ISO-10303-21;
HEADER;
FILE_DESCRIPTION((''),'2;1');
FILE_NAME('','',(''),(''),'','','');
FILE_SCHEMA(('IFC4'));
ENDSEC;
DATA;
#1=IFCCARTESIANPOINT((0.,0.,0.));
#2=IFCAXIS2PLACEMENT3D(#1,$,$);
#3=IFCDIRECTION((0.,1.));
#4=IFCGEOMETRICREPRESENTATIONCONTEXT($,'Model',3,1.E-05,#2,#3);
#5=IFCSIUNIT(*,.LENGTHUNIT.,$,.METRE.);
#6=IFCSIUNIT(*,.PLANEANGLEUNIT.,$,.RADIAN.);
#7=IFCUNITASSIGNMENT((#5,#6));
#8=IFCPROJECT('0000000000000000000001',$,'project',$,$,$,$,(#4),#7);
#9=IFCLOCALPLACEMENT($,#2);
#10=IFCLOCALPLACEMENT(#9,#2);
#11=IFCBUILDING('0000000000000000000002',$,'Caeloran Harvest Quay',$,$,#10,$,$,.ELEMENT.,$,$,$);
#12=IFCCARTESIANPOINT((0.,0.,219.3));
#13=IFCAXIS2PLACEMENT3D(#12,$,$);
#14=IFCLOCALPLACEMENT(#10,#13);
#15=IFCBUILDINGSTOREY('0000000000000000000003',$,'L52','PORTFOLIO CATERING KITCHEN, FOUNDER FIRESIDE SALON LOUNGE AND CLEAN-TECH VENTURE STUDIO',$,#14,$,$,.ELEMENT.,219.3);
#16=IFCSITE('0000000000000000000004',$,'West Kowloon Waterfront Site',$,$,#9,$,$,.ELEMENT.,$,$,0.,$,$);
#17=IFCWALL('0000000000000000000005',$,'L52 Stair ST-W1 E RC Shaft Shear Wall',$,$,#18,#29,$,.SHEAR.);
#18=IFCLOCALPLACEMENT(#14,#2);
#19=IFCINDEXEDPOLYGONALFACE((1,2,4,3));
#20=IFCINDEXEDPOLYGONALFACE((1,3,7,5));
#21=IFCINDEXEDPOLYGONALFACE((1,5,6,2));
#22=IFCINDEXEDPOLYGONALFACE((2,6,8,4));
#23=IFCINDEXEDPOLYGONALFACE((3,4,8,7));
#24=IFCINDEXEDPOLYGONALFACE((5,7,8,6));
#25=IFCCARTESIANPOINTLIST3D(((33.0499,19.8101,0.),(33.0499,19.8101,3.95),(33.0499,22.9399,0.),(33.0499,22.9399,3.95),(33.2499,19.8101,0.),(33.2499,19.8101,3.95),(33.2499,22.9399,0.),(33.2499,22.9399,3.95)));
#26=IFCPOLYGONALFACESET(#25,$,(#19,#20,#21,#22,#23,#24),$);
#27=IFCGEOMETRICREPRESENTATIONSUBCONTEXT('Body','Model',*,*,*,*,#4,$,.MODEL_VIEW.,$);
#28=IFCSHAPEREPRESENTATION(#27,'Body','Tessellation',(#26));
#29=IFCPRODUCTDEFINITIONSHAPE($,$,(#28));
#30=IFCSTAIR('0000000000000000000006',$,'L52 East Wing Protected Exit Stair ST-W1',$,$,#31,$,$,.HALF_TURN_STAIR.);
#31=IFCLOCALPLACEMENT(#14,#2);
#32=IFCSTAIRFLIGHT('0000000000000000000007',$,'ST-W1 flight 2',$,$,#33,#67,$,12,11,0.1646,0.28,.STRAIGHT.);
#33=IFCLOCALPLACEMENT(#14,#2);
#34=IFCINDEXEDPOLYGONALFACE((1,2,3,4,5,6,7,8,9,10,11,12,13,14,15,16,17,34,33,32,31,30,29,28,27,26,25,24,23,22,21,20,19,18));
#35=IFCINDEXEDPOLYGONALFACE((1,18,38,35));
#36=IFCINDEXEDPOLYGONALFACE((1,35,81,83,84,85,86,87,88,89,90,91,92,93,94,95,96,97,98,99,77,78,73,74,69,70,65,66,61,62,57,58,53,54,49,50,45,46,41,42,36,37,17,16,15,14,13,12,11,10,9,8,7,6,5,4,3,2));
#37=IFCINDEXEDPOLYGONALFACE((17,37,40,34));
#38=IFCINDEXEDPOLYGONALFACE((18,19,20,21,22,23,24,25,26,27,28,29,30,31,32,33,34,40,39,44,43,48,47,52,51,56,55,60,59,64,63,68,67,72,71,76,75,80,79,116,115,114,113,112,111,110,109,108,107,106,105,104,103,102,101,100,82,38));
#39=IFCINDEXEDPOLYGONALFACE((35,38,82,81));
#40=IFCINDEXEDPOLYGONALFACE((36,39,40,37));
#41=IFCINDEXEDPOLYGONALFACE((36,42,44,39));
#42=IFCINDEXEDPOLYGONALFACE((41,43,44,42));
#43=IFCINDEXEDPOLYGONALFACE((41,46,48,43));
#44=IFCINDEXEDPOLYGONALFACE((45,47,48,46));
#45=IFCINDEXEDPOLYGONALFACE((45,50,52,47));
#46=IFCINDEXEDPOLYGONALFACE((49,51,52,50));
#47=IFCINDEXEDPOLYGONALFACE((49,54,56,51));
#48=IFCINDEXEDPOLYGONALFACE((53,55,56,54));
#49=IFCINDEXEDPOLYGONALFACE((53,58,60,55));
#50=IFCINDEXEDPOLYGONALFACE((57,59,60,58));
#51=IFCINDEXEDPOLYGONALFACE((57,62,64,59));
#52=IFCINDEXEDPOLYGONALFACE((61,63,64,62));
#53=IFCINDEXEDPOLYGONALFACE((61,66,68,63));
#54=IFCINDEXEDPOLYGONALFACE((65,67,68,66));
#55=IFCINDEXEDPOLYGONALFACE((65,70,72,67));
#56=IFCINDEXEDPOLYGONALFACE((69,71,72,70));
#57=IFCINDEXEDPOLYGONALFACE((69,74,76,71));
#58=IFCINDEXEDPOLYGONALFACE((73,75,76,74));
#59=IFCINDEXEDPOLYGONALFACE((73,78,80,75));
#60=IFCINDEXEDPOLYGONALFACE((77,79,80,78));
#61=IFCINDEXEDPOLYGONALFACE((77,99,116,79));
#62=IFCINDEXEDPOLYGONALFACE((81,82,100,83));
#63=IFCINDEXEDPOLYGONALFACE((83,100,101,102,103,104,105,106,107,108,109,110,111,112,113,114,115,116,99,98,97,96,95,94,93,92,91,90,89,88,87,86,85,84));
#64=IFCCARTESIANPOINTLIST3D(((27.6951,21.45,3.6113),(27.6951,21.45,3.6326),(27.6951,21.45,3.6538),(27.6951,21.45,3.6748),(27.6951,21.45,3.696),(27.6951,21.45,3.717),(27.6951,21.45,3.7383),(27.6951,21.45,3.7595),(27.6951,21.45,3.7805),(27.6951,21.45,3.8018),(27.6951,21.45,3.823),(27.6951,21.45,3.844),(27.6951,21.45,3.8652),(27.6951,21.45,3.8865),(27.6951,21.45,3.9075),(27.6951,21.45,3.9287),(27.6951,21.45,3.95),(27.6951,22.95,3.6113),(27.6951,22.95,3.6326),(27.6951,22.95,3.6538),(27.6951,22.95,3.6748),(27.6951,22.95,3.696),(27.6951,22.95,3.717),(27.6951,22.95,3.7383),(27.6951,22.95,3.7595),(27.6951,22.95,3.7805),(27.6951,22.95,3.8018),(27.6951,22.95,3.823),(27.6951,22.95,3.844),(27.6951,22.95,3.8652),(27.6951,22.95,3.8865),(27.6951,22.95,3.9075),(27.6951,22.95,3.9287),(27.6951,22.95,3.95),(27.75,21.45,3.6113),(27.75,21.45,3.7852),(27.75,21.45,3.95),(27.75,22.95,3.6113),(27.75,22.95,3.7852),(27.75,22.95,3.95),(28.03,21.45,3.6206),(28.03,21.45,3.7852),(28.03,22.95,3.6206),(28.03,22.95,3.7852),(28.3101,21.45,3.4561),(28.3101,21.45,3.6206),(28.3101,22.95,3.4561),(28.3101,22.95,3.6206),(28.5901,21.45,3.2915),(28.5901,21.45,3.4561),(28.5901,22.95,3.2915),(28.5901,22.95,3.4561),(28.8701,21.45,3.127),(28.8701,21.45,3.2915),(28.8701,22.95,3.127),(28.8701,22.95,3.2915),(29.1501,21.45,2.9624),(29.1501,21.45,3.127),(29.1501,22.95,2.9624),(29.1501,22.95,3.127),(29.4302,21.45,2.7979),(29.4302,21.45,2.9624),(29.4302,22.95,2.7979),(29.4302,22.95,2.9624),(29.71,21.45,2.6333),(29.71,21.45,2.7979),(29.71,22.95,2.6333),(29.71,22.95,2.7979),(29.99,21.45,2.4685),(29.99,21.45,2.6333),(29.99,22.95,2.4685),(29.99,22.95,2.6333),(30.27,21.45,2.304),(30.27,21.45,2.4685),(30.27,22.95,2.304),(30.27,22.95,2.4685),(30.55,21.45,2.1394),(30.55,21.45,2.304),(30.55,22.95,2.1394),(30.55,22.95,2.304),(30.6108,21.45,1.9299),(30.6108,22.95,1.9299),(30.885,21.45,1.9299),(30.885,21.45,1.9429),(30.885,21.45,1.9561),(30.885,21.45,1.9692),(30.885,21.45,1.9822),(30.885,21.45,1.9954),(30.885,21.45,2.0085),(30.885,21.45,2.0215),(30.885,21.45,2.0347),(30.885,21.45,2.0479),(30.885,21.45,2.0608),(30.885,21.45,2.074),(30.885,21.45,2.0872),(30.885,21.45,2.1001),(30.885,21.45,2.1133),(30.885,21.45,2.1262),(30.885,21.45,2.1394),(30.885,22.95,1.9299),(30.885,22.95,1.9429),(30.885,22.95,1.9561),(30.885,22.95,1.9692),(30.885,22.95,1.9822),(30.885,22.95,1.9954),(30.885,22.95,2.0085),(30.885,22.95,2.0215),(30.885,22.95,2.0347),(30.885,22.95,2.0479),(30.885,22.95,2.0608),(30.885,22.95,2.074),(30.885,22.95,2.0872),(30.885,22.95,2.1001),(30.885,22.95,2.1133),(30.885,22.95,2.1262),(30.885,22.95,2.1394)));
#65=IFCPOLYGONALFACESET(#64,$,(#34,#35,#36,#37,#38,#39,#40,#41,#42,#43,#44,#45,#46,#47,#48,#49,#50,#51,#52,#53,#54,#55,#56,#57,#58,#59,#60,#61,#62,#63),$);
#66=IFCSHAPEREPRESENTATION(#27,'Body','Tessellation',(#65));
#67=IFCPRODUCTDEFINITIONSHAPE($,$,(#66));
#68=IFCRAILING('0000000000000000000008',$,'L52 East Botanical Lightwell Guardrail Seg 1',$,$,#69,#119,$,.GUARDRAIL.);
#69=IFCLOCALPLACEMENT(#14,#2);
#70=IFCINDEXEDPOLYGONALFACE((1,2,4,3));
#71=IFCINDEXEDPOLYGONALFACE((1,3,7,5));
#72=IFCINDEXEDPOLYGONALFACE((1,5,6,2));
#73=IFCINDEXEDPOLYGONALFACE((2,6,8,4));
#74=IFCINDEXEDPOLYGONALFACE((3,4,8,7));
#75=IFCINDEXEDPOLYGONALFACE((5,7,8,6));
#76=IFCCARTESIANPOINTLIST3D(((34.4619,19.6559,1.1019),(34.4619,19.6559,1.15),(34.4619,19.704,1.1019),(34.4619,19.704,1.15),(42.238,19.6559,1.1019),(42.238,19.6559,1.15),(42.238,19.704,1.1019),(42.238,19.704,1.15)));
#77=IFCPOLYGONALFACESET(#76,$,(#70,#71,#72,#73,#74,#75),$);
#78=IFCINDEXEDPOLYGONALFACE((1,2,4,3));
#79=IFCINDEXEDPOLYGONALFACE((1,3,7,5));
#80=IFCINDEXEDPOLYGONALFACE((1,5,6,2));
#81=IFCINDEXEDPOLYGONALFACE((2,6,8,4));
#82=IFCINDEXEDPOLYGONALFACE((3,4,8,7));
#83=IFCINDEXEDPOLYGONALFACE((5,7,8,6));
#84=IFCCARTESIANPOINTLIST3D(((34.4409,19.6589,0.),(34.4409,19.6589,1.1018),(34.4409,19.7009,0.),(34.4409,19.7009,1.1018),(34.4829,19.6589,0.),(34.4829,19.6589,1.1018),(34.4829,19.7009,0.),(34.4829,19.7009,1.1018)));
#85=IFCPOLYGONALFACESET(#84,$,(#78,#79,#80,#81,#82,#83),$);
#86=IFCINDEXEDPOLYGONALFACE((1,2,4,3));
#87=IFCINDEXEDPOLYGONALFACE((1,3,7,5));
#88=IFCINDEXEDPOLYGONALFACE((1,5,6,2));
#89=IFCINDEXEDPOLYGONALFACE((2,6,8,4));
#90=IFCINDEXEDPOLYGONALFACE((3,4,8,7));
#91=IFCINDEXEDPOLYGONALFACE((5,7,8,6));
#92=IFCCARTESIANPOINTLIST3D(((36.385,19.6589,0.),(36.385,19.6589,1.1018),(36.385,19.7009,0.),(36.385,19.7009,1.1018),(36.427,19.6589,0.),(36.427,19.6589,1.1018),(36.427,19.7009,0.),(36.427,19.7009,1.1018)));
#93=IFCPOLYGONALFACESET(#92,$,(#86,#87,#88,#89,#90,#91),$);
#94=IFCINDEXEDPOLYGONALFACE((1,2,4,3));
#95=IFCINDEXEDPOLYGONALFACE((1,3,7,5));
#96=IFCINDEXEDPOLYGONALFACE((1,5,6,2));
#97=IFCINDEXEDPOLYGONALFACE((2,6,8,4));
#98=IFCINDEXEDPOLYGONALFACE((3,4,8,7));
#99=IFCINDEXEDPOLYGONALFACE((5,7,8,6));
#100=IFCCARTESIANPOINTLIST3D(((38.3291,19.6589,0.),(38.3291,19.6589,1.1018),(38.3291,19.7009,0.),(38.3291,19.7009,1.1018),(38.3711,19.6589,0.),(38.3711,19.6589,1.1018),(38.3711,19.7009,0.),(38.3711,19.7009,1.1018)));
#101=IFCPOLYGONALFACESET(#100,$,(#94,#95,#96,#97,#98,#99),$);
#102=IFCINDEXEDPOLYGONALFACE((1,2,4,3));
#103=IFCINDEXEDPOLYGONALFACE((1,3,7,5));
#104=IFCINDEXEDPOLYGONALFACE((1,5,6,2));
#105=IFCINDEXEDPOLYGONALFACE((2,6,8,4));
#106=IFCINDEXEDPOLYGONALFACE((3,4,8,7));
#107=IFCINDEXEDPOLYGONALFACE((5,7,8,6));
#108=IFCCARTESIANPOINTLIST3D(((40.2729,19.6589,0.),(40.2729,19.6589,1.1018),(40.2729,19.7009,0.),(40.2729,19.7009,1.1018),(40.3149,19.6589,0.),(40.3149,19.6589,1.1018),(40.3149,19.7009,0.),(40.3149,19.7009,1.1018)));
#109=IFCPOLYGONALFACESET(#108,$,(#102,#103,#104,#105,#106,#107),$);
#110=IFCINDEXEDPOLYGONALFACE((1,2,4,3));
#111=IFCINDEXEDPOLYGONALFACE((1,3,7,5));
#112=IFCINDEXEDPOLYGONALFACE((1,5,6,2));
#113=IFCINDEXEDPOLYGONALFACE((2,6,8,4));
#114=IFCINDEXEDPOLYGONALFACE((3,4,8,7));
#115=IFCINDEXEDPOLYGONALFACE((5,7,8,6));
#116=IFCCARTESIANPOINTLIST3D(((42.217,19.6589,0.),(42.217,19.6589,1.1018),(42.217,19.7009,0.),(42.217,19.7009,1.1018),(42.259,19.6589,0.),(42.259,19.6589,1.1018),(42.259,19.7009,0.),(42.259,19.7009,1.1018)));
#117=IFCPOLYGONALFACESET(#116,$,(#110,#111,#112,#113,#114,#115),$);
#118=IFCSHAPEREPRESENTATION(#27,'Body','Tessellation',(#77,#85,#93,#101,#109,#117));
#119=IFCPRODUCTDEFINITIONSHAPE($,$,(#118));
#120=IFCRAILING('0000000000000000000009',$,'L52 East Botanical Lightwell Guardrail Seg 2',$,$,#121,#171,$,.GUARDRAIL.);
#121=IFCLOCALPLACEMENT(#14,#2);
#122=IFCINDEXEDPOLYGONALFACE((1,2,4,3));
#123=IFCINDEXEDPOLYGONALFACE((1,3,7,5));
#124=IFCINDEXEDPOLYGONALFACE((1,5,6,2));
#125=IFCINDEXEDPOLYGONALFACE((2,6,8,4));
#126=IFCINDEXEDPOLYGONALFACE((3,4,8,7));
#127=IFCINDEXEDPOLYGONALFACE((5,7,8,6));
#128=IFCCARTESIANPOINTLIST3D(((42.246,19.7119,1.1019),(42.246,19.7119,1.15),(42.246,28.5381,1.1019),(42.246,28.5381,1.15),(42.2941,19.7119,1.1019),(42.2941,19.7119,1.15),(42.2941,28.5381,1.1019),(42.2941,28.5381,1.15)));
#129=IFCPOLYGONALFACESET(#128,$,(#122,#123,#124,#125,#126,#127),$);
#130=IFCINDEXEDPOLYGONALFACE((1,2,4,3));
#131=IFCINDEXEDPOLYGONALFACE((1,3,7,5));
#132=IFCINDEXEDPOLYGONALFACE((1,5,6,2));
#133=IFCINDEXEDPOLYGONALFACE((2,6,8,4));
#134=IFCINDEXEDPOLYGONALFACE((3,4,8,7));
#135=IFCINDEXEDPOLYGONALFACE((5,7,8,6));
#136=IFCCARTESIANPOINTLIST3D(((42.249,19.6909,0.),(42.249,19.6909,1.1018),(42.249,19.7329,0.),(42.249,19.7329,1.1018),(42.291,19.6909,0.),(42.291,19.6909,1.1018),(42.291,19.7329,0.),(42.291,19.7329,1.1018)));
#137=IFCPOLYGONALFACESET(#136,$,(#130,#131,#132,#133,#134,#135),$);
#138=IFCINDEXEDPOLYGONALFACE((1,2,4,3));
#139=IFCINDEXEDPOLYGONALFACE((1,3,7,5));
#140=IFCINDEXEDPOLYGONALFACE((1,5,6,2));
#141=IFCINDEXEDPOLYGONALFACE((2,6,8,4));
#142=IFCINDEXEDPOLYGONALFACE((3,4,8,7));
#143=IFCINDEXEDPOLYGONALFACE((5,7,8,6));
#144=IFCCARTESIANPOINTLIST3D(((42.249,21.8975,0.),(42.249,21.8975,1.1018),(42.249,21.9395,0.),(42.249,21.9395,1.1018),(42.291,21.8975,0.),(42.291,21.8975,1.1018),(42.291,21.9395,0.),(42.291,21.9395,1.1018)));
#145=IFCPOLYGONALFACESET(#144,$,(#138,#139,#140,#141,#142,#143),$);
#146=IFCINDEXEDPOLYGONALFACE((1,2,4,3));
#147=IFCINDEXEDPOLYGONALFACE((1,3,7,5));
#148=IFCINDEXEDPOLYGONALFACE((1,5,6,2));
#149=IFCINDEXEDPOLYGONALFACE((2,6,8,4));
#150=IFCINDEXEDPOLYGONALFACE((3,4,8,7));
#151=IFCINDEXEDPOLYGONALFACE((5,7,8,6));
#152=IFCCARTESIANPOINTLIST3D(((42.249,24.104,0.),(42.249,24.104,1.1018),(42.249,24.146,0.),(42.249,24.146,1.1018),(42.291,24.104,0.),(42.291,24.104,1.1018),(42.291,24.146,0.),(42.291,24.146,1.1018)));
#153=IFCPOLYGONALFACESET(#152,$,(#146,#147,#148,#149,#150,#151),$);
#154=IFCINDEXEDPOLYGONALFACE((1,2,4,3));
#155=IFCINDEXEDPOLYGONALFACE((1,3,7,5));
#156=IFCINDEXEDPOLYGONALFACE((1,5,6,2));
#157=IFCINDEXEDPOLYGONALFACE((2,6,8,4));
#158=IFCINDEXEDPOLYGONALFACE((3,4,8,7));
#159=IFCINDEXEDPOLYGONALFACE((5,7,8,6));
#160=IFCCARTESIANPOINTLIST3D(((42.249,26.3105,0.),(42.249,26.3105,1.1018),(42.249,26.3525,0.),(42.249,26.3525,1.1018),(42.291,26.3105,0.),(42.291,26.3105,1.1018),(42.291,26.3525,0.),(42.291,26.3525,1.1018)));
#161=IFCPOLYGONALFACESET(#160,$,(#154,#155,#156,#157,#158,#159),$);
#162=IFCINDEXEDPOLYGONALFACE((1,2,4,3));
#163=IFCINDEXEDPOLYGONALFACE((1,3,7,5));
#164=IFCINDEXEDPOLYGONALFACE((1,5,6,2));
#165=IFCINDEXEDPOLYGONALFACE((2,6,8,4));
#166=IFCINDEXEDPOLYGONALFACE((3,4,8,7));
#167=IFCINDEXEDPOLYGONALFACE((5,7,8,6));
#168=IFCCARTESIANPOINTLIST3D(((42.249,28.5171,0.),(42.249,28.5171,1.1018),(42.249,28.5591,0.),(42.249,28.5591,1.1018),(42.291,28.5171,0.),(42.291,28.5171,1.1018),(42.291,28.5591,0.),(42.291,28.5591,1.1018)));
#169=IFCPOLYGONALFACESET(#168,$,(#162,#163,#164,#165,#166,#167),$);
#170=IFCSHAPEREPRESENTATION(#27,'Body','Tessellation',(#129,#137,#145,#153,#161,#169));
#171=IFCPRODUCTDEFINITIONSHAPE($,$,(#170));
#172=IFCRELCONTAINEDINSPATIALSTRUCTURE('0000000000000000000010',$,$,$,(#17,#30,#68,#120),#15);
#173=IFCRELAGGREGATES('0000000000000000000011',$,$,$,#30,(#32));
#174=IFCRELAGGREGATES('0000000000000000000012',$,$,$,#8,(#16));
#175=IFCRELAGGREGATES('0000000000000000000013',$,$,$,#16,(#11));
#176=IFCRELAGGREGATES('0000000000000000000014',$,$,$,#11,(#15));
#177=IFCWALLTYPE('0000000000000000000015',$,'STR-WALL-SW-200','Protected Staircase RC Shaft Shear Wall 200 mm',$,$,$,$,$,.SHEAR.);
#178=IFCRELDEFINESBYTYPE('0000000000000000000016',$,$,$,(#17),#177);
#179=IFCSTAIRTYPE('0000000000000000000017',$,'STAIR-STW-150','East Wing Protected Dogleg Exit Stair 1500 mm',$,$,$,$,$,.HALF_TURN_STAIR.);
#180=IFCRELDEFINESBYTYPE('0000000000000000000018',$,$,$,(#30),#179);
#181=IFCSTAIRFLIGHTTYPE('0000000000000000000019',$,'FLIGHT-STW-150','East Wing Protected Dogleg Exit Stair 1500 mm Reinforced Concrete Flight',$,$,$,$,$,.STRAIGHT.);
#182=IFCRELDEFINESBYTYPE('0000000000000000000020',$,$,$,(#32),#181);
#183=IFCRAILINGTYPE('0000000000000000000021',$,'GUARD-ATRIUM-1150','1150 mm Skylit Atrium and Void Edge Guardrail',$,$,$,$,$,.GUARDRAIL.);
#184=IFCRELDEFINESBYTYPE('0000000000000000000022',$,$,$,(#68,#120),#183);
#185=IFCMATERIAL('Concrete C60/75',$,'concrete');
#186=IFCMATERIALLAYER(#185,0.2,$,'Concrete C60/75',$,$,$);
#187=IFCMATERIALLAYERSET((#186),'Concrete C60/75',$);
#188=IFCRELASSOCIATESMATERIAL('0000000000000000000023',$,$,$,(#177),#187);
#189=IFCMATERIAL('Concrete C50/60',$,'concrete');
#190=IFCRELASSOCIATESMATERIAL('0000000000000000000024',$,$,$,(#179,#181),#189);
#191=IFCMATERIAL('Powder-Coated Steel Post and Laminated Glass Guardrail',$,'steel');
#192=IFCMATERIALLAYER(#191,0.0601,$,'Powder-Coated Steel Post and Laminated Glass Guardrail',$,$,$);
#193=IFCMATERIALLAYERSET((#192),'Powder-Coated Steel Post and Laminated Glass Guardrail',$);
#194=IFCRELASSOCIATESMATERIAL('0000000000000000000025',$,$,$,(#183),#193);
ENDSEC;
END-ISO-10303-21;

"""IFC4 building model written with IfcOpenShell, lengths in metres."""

from ifc_helpers import new_model, si_unit, direction, frame, frame_2d, origin, origin_2d, place, context, subcontext, project, spatial, polyline, rectangle, outline, extrude, material, layer, layer_set, type_object, element, aggregate, save


model = new_model("IFC4")

# Units and contexts
model_context = context("Model", 3, precision=1e-05, world=origin(), true_north=direction((0.0, 1.0)))
body_context = subcontext(model_context, "Body", "Model", "MODEL_VIEW")
ifc_project = project(units=[si_unit("LENGTHUNIT", "METRE"), si_unit("PLANEANGLEUNIT", "RADIAN")], contexts=[model_context])

# Site, building, storey
site_placement = place(None, origin())
site = spatial("IfcSite", under=ifc_project, at=site_placement, Name="West Kowloon Waterfront Site", CompositionType="ELEMENT", RefElevation=0.0)
building_placement = place(site_placement, origin())
building = spatial("IfcBuilding", under=site, at=building_placement, Name="Caeloran Harvest Quay", CompositionType="ELEMENT")
storey_placement = place(building_placement, frame((0.0, 0.0, 219.3)))
storey = spatial("IfcBuildingStorey", under=building, at=storey_placement, Name="L52", Description="PORTFOLIO CATERING KITCHEN, FOUNDER FIRESIDE SALON LOUNGE AND CLEAN-TECH VENTURE STUDIO", CompositionType="ELEMENT", Elevation=219.3)

# Wall
ifc_material_1 = material(Name="Concrete C60/75", Category="concrete")
ifc_layer_1 = layer(ifc_material_1, 0.2, Name="Concrete C60/75")
ifc_layer_set_1 = layer_set([ifc_layer_1], Name="Concrete C60/75")
wall_type_1 = type_object("IfcWallType", Name="STR-WALL-SW-200", Description="Protected Staircase RC Shaft Shear Wall 200 mm", PredefinedType="SHEAR", material=ifc_layer_set_1)
wall_1_placement = place(storey_placement, frame((33.1499, 19.8101, 0.0), z_axis=(0.0, 0.0, 1.0), x_axis=(0.0, 1.0, 0.0)))
element("IfcWall", 1, at=wall_1_placement, inside=storey, type_object=wall_type_1, Name="L52 Stair ST-W1 E RC Shaft Shear Wall", PredefinedType="SHEAR", context=body_context, shape_type="SweptSolid", body=[
    extrude(rectangle(XDim=3.1299, YDim=0.2, at=frame_2d((1.5649, 0.0))), origin(), (0.0, 0.0, 1.0), 3.95),
])

# Stair, stair flight
ifc_material_2 = material(Name="Concrete C50/60", Category="concrete")
stair_type = type_object("IfcStairType", Name="STAIR-STW-150", Description="East Wing Protected Dogleg Exit Stair 1500 mm", PredefinedType="HALF_TURN_STAIR", material=ifc_material_2)
stair_placement = place(storey_placement, origin())
stair = element("IfcStair", 2, at=stair_placement, inside=storey, type_object=stair_type, Name="L52 East Wing Protected Exit Stair ST-W1", PredefinedType="HALF_TURN_STAIR")
stair_flight_type = type_object("IfcStairFlightType", Name="FLIGHT-STW-150", Description="East Wing Protected Dogleg Exit Stair 1500 mm Reinforced Concrete Flight", PredefinedType="STRAIGHT", material=ifc_material_2)
stair_flight_placement = place(storey_placement, frame((30.8301, 22.2, 1.9749), z_axis=(0.0, 0.0, 1.0), x_axis=(-1.0, 0.0, 0.0)))
stair_flight = element("IfcStairFlight", 3, at=stair_flight_placement, type_object=stair_flight_type, Name="ST-W1 flight 2", NumberOfRisers=12, NumberOfTreads=11, PredefinedType="STRAIGHT", RiserHeight=0.1646, TreadLength=0.28, context=body_context, shape_type="SweptSolid", body=[
    extrude(outline(polyline([(-0.0549, -0.0449), (-0.0549, -0.032), (-0.0549, -0.0188), (-0.0549, -0.0056), (-0.0549, 0.0073), (-0.0549, 0.0205), (-0.0549, 0.0337), (-0.0549, 0.0466), (-0.0549, 0.0598), (-0.0549, 0.073), (-0.0549, 0.0859), (-0.0549, 0.0991), (-0.0549, 0.1123), (-0.0549, 0.1252), (-0.0549, 0.1384), (-0.0549, 0.1514), (-0.0549, 0.1646), (0.28, 0.1646), (0.28, 0.3291), (0.5601, 0.3291), (0.5601, 0.4937), (0.8401, 0.4937), (0.8401, 0.6584), (1.1201, 0.6584), (1.1201, 0.823), (1.3999, 0.823), (1.3999, 0.9875), (1.6799, 0.9875), (1.6799, 1.1521), (1.96, 1.1521), (1.96, 1.3167), (2.24, 1.3167), (2.24, 1.4812), (2.52, 1.4812), (2.52, 1.6458), (2.8, 1.6458), (2.8, 1.8103), (3.0801, 1.8103), (3.0801, 1.9751), (3.135, 1.9751), (3.135, 1.9539), (3.135, 1.9326), (3.135, 1.9116), (3.135, 1.8904), (3.135, 1.8691), (3.135, 1.8481), (3.135, 1.8269), (3.135, 1.8057), (3.135, 1.7847), (3.135, 1.7634), (3.135, 1.7422), (3.135, 1.7212), (3.135, 1.7), (3.135, 1.679), (3.135, 1.6577), (3.135, 1.6365), (3.0801, 1.6365), (0.2192, -0.0449), (-0.0549, -0.0449)])), frame((0.0, 0.75, 0.0), z_axis=(0.0, -1.0, 0.0), x_axis=(1.0, 0.0, 0.0)), (0.0, 0.0, 1.0), 1.5),
])
aggregate(stair, [stair_flight])

# Railings
ifc_material_3 = material(Name="Powder-Coated Steel Post and Laminated Glass Guardrail", Category="steel")
ifc_layer_2 = layer(ifc_material_3, 0.0601, Name="Powder-Coated Steel Post and Laminated Glass Guardrail")
ifc_layer_set_2 = layer_set([ifc_layer_2], Name="Powder-Coated Steel Post and Laminated Glass Guardrail")
railing_type_1 = type_object("IfcRailingType", Name="GUARD-ATRIUM-1150", Description="1150 mm Skylit Atrium and Void Edge Guardrail", PredefinedType="GUARDRAIL", material=ifc_layer_set_2)
railing_1_placement = place(storey_placement, frame((34.4619, 19.6799, 0.0)))
element("IfcRailing", 4, at=railing_1_placement, inside=storey, type_object=railing_type_1, Name="L52 East Botanical Lightwell Guardrail Seg 1", PredefinedType="GUARDRAIL", context=body_context, shape_type="SweptSolid", body=[
    extrude(rectangle(XDim=0.0481, YDim=0.0481, at=origin_2d()), frame((0.0, 0.0, 1.126), z_axis=(1.0, 0.0, 0.0), x_axis=(0.0, 1.0, 0.0)), (0.0, 0.0, 1.0), 7.7761),
    extrude(rectangle(XDim=0.042, YDim=0.042, at=origin_2d()), origin(), (0.0, 0.0, 1.0), 1.1018),
    extrude(rectangle(XDim=0.042, YDim=0.042, at=origin_2d()), frame((1.9441, 0.0, 0.0)), (0.0, 0.0, 1.0), 1.1018),
    extrude(rectangle(XDim=0.042, YDim=0.042, at=origin_2d()), frame((3.8882, 0.0, 0.0)), (0.0, 0.0, 1.0), 1.1018),
    extrude(rectangle(XDim=0.042, YDim=0.042, at=origin_2d()), frame((5.832, 0.0, 0.0)), (0.0, 0.0, 1.0), 1.1018),
    extrude(rectangle(XDim=0.042, YDim=0.042, at=origin_2d()), frame((7.7761, 0.0, 0.0)), (0.0, 0.0, 1.0), 1.1018),
])
railing_2_placement = place(storey_placement, frame((42.27, 19.7119, 0.0)))
element("IfcRailing", 5, at=railing_2_placement, inside=storey, type_object=railing_type_1, Name="L52 East Botanical Lightwell Guardrail Seg 2", PredefinedType="GUARDRAIL", context=body_context, shape_type="SweptSolid", body=[
    extrude(rectangle(XDim=0.0481, YDim=0.0481, at=origin_2d()), frame((0.0, 0.0, 1.126), z_axis=(0.0, 1.0, 0.0), x_axis=(-1.0, 0.0, 0.0)), (0.0, 0.0, 1.0), 8.8262),
    extrude(rectangle(XDim=0.042, YDim=0.042, at=origin_2d()), origin(), (0.0, 0.0, 1.0), 1.1018),
    extrude(rectangle(XDim=0.042, YDim=0.042, at=origin_2d()), frame((0.0, 2.2065, 0.0)), (0.0, 0.0, 1.0), 1.1018),
    extrude(rectangle(XDim=0.042, YDim=0.042, at=origin_2d()), frame((0.0, 4.4131, 0.0)), (0.0, 0.0, 1.0), 1.1018),
    extrude(rectangle(XDim=0.042, YDim=0.042, at=origin_2d()), frame((0.0, 6.6196, 0.0)), (0.0, 0.0, 1.0), 1.1018),
    extrude(rectangle(XDim=0.042, YDim=0.042, at=origin_2d()), frame((0.0, 8.8262, 0.0)), (0.0, 0.0, 1.0), 1.1018),
])

save(model, "model.ifc")
